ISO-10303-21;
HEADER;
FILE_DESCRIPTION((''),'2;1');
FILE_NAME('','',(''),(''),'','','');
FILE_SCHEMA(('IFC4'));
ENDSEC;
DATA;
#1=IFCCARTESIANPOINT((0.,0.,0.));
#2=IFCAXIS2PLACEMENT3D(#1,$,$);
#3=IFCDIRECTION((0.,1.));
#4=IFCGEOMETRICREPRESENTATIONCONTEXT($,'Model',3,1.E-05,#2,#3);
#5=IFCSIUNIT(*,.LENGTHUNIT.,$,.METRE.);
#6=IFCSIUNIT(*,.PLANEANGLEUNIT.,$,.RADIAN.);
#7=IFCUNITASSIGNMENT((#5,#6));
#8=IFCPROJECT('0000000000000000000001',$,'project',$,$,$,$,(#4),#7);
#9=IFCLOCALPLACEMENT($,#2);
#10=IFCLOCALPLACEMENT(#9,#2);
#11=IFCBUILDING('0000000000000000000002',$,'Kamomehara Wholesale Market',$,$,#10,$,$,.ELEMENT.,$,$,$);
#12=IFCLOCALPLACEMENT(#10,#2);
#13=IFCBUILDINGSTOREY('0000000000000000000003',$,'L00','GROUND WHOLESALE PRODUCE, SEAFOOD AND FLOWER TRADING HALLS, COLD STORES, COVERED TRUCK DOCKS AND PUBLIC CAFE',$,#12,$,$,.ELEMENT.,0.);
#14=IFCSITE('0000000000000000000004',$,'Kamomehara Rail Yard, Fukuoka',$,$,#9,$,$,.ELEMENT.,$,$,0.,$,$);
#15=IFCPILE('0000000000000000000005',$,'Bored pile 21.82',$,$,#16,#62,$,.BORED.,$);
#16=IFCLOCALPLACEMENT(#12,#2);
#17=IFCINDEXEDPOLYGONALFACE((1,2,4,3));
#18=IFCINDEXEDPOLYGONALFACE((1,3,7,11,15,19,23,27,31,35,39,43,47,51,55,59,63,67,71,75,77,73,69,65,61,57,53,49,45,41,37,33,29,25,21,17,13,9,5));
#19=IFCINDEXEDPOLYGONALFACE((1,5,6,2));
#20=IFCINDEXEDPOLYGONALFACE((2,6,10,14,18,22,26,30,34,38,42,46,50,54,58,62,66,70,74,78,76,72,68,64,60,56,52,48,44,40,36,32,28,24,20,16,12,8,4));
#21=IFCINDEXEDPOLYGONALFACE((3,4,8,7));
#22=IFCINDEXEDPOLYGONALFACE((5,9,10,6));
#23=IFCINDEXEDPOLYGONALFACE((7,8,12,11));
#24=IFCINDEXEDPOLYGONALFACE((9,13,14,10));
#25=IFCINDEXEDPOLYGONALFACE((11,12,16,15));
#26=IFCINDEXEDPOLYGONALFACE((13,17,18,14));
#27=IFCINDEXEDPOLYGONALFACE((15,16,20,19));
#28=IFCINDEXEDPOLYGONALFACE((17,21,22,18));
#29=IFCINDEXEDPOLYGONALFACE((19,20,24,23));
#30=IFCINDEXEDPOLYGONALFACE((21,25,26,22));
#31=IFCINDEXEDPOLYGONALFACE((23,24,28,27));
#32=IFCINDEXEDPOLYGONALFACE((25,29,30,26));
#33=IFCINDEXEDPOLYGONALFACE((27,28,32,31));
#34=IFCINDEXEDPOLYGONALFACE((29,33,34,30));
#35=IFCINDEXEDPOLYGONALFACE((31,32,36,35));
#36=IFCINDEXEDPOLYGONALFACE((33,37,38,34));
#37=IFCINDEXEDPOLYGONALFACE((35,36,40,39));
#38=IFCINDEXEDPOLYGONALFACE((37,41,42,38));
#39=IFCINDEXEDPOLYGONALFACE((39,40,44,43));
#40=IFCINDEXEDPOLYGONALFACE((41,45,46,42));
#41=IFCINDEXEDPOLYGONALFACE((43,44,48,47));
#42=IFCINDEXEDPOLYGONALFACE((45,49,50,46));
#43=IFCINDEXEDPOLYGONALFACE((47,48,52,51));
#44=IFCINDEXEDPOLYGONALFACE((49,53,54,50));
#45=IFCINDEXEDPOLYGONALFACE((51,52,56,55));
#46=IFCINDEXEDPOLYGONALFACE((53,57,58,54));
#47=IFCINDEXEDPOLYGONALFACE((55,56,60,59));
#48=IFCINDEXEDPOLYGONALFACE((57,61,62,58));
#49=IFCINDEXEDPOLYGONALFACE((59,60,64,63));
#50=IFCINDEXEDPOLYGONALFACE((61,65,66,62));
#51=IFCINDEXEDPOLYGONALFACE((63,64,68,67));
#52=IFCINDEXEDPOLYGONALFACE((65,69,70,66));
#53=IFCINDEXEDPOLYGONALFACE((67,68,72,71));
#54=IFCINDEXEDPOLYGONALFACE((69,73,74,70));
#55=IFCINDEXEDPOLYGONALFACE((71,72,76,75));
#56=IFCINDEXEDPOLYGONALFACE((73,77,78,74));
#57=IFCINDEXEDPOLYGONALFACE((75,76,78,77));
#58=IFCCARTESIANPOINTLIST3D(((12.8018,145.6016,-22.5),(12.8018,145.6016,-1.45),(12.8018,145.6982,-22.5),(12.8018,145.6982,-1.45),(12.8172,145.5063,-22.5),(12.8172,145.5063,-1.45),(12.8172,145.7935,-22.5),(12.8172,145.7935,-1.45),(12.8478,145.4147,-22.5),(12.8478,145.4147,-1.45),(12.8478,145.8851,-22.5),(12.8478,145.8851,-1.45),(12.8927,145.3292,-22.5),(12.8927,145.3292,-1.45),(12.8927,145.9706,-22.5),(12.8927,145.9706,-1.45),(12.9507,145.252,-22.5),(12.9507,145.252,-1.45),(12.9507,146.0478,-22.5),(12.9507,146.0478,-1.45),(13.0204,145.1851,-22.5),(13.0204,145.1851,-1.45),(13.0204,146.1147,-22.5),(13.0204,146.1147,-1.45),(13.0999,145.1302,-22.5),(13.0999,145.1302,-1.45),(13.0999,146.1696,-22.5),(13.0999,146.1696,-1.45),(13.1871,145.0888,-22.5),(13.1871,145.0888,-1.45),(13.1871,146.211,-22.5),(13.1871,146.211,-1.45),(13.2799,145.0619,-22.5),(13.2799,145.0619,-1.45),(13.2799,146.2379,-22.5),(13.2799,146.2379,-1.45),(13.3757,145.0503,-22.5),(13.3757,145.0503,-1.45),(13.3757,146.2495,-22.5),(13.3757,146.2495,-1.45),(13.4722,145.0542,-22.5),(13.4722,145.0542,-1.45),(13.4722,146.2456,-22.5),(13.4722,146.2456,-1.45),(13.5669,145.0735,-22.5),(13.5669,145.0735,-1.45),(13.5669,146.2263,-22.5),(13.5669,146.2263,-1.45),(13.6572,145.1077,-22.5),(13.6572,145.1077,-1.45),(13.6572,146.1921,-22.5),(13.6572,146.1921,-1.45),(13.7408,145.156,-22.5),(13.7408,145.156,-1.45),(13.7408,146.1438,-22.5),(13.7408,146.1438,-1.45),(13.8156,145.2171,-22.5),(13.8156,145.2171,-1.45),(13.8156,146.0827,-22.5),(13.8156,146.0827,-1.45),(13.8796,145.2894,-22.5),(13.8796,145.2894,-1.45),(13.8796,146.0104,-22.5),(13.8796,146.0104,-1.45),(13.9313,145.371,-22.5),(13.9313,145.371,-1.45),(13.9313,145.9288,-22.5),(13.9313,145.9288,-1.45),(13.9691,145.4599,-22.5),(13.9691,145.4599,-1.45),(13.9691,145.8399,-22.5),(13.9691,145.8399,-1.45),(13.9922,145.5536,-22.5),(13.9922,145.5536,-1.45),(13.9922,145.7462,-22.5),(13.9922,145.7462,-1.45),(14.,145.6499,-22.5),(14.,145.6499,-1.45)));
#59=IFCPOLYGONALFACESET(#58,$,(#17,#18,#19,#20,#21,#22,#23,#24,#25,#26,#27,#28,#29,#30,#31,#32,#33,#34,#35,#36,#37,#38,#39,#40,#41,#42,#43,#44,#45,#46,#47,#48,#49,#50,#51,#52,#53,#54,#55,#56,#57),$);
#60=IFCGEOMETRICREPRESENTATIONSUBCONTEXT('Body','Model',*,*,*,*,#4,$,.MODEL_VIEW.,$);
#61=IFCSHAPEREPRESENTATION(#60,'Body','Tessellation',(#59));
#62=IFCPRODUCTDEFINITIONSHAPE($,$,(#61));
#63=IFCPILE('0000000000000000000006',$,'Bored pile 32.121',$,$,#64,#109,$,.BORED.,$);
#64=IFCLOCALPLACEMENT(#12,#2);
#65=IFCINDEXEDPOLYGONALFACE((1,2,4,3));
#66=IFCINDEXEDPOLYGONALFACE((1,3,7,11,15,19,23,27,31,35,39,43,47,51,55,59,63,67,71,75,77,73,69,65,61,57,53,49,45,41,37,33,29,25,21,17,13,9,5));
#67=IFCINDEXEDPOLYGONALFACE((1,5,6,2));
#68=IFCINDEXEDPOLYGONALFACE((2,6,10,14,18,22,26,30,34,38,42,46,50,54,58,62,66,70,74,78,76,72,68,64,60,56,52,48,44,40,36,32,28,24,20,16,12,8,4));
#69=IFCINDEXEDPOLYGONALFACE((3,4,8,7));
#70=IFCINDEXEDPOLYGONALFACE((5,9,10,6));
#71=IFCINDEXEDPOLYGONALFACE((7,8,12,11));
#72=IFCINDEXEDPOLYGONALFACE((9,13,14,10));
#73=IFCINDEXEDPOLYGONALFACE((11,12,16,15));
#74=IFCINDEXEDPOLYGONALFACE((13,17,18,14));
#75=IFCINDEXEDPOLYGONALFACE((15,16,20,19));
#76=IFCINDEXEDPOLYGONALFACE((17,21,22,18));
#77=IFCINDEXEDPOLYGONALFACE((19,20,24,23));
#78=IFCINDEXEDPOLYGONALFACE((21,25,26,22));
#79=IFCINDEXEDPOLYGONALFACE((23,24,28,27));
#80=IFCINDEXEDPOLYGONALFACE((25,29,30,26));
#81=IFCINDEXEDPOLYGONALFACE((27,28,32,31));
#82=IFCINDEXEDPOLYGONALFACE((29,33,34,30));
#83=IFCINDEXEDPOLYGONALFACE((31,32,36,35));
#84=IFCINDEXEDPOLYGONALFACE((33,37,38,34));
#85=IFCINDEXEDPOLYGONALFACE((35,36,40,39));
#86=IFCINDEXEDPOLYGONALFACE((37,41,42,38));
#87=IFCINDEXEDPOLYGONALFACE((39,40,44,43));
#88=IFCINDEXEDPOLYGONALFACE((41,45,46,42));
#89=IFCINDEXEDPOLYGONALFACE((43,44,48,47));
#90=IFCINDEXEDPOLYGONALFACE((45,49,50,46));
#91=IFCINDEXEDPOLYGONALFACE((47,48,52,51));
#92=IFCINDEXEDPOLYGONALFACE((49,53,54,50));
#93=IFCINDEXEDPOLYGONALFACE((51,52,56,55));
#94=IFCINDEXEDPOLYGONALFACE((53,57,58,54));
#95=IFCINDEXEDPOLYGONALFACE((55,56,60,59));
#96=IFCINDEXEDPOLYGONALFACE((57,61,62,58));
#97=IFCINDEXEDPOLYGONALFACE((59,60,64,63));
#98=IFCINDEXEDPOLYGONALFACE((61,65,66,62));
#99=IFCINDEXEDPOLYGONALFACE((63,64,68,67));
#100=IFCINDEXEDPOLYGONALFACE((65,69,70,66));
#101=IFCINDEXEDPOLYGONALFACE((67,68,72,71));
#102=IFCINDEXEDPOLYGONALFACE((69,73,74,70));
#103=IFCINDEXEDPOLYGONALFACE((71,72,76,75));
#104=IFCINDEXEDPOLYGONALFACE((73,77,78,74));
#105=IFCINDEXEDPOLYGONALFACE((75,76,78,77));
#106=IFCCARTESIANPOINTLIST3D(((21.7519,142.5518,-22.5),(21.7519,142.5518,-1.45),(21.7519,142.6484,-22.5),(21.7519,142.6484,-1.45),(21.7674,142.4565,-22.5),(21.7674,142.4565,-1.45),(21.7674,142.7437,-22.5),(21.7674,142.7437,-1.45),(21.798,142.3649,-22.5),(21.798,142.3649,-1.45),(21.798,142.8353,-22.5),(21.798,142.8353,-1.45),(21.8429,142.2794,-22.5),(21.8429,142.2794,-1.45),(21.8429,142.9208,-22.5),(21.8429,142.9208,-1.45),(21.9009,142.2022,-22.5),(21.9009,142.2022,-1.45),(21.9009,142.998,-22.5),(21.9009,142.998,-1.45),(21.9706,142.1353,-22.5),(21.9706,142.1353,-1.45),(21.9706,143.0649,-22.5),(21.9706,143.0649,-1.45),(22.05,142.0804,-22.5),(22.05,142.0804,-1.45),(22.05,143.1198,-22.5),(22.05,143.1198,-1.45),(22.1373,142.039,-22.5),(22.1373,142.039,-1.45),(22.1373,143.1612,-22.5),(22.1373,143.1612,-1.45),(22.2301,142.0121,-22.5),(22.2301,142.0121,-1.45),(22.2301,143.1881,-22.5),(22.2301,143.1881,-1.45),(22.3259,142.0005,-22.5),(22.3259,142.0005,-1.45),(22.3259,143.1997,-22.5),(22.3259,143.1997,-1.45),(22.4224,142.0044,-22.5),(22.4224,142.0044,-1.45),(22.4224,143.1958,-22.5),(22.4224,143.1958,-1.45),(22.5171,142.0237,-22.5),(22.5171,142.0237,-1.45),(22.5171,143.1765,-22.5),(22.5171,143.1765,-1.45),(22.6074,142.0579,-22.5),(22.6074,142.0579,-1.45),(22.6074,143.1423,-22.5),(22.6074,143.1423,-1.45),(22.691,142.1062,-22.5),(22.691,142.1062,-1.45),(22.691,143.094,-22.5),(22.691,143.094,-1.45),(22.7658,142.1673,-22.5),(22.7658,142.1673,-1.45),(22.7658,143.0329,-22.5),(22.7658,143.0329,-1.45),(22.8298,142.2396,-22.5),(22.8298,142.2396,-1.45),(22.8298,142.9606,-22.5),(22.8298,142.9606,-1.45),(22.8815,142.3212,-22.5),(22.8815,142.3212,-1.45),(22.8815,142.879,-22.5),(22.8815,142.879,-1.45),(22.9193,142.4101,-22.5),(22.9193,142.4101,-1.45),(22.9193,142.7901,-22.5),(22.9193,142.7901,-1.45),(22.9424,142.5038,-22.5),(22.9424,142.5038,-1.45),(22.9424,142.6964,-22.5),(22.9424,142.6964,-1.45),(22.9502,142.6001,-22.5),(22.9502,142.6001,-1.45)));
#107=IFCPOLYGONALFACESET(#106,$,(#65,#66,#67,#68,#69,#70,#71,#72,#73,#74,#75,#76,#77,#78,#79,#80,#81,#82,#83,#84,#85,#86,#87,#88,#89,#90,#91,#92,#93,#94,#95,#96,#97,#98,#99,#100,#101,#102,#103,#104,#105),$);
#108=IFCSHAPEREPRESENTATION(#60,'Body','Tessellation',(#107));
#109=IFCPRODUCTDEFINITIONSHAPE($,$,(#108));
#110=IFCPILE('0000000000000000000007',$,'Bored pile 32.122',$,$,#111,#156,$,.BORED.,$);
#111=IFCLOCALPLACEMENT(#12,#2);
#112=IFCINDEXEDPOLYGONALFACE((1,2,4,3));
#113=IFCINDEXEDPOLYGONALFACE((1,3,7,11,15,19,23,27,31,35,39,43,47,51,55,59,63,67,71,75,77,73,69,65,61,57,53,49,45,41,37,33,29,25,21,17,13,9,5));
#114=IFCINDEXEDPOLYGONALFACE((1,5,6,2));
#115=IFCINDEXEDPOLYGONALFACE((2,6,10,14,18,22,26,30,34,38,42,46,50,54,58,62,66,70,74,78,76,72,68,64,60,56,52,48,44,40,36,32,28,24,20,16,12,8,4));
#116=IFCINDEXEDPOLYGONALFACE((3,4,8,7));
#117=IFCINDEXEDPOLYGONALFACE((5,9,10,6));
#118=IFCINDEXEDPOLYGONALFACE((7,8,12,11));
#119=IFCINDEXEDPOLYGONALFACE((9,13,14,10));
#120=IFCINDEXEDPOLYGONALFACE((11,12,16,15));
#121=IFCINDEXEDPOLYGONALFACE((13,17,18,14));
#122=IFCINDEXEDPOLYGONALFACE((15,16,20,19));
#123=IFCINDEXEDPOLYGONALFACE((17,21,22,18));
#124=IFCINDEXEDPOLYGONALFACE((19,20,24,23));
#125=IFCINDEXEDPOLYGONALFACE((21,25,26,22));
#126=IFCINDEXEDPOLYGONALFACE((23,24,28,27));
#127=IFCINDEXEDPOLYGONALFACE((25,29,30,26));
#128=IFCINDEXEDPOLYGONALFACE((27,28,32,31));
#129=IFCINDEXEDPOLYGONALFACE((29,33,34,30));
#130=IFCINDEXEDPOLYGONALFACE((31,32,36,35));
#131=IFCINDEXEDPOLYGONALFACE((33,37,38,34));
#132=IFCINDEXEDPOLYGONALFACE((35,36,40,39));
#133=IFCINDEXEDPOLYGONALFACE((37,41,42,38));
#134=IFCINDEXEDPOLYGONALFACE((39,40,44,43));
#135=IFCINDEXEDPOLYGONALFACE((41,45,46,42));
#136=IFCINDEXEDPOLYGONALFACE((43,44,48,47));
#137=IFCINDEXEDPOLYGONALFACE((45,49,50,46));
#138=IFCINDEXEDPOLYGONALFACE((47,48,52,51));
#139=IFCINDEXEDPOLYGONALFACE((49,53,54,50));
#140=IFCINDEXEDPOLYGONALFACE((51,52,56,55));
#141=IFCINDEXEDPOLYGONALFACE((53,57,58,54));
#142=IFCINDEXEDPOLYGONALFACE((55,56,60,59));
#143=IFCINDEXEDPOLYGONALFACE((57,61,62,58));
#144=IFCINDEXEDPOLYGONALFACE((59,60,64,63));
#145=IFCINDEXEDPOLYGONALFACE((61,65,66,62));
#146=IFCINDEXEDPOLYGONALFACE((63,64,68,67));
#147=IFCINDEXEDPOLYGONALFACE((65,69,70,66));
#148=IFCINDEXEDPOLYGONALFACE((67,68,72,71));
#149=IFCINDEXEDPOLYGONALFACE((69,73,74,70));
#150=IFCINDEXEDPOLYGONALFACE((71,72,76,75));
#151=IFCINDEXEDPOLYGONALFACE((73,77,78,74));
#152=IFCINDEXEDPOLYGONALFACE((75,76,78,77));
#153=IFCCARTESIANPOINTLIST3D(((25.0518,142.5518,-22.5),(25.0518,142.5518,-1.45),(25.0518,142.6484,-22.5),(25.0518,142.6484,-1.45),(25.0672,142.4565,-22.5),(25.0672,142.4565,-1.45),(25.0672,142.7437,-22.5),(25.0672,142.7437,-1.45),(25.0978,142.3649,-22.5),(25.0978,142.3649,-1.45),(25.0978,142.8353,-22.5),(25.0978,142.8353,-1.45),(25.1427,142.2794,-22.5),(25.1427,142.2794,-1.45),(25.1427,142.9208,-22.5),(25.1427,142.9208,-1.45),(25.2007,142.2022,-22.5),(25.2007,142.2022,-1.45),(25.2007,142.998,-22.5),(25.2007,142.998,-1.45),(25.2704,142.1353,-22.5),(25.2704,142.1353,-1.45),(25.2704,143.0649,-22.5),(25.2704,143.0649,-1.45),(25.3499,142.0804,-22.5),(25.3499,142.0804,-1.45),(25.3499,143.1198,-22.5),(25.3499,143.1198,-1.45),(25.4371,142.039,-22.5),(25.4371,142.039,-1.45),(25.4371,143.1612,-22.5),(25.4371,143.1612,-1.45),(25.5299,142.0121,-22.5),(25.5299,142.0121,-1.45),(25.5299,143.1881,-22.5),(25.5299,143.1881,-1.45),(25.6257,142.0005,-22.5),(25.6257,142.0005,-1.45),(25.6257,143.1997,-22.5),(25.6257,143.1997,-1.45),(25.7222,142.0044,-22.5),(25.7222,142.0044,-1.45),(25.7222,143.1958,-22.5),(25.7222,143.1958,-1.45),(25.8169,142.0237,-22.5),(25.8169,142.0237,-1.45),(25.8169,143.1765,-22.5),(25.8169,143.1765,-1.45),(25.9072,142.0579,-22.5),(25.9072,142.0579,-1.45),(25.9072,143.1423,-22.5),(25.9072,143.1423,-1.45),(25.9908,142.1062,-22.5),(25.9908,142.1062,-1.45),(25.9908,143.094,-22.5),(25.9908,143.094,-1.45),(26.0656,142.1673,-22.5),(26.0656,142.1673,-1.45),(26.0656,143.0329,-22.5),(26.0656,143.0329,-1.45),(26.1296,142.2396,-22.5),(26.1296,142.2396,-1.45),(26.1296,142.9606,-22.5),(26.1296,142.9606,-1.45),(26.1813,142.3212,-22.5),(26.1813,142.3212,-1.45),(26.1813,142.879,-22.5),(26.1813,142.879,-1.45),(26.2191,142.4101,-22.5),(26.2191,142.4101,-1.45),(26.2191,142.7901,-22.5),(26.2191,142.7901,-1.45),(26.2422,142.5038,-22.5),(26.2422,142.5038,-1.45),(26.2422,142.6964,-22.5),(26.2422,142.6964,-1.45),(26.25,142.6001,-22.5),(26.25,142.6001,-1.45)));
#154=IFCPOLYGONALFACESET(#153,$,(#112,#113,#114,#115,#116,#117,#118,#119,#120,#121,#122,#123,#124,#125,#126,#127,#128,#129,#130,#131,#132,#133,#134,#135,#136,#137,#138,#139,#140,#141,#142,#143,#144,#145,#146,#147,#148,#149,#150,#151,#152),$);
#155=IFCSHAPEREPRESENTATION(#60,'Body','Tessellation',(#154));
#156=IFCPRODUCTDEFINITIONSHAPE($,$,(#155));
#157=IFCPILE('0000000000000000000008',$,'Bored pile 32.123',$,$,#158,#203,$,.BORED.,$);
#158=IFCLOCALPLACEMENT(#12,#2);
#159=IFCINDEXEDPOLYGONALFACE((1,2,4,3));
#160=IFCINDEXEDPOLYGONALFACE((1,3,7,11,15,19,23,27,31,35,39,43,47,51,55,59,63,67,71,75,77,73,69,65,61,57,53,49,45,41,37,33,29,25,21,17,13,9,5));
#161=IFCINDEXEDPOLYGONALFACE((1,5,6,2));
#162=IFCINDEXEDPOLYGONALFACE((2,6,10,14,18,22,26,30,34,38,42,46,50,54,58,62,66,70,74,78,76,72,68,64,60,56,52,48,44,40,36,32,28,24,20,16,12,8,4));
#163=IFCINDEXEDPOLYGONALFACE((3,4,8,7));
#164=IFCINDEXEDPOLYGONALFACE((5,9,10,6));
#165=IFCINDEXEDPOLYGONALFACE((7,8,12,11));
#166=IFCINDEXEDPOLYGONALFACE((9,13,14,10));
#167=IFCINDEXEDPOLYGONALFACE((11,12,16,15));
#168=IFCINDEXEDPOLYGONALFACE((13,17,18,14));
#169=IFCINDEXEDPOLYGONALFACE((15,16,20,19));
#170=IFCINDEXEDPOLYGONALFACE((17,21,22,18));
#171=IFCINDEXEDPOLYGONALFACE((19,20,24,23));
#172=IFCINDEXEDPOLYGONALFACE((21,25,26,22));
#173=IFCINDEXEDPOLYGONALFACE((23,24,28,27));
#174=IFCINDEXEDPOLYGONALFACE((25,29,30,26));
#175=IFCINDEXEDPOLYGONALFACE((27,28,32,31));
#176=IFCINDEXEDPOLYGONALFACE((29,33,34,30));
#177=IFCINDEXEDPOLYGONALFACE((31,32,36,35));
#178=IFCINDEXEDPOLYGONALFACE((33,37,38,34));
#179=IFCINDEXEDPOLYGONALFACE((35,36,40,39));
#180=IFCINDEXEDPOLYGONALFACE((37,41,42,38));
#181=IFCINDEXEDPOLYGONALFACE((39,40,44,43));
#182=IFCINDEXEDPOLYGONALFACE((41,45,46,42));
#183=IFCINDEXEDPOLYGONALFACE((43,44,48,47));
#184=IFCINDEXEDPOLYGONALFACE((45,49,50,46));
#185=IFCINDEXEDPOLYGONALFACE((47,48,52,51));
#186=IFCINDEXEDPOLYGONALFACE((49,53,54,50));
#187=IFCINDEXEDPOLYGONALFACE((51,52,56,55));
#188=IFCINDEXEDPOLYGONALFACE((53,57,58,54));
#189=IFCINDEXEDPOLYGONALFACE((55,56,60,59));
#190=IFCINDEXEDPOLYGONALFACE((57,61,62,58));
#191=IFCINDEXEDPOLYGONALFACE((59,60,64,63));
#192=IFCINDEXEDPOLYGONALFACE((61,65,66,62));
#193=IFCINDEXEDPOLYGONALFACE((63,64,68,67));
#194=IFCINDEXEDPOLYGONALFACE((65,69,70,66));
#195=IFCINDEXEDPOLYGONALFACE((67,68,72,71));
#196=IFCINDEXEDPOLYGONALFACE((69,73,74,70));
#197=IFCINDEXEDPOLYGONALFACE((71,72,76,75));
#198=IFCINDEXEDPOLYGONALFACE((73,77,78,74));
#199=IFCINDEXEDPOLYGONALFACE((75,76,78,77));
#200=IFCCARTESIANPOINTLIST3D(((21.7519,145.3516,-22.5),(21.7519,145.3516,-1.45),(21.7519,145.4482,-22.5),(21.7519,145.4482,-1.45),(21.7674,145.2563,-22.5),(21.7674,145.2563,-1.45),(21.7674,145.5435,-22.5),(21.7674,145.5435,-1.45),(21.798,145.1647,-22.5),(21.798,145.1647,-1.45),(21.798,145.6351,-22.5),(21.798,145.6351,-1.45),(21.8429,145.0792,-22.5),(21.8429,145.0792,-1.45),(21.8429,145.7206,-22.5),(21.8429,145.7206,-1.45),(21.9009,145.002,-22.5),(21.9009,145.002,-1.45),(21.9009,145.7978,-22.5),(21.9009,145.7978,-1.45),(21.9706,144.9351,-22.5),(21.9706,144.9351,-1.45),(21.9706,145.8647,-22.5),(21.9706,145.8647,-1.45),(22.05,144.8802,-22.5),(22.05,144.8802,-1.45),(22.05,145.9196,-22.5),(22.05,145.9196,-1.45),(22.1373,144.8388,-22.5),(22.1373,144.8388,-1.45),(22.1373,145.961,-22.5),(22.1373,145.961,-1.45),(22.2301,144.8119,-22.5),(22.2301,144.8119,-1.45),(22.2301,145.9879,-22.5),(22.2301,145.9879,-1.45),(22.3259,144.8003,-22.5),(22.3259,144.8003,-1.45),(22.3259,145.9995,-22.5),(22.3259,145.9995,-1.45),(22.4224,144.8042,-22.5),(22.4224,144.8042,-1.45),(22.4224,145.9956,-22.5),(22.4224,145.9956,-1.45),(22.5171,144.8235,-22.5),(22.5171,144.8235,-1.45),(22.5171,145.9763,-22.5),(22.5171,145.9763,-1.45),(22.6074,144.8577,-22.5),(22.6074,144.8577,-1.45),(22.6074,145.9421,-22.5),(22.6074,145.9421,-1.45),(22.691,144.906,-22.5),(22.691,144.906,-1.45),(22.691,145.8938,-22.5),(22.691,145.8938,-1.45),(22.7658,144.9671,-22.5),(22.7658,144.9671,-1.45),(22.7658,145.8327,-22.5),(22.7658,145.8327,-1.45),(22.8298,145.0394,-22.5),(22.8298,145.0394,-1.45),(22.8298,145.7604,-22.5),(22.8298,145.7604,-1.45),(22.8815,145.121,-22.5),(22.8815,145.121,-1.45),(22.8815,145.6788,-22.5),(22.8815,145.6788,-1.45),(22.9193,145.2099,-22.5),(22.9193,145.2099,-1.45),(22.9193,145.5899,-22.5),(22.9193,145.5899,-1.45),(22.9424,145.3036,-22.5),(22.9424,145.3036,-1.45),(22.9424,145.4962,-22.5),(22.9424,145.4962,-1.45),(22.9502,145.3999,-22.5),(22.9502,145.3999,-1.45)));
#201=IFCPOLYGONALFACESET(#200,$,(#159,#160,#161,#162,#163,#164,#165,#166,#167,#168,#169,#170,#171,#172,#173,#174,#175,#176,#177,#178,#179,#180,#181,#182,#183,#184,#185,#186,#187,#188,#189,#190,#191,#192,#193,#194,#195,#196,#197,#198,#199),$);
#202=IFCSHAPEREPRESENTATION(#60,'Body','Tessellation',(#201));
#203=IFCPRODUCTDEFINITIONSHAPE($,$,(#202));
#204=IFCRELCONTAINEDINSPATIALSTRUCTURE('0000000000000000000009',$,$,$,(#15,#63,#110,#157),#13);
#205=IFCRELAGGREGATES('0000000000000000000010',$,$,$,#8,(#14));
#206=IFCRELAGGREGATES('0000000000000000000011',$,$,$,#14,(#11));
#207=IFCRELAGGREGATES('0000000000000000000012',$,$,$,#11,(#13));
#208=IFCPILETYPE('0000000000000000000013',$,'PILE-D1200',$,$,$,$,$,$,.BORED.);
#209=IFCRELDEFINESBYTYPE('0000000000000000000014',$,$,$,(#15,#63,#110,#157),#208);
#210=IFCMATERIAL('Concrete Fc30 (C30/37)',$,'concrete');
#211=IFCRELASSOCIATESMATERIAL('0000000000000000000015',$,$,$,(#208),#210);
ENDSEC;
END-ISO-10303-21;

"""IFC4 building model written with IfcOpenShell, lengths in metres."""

from ifc_helpers import new_model, si_unit, direction, frame, origin, origin_2d, place, context, subcontext, project, spatial, circle, extrude, material, material_profile, profile_set, type_object, element, save


model = new_model("IFC4")

# Units and contexts
model_context = context("Model", 3, precision=1e-05, world=origin(), true_north=direction((0.0, 1.0)))
body_context = subcontext(model_context, "Body", "Model", "MODEL_VIEW")
ifc_project = project(units=[si_unit("LENGTHUNIT", "METRE"), si_unit("PLANEANGLEUNIT", "RADIAN")], contexts=[model_context])

# Site, building, storey
site_placement = place(None, origin())
site = spatial("IfcSite", under=ifc_project, at=site_placement, Name="Kamomehara Rail Yard, Fukuoka", CompositionType="ELEMENT", RefElevation=0.0)
building_placement = place(site_placement, origin())
building = spatial("IfcBuilding", under=site, at=building_placement, Name="Kamomehara Wholesale Market", CompositionType="ELEMENT")
storey_placement = place(building_placement, origin())
storey = spatial("IfcBuildingStorey", under=building, at=storey_placement, Name="L00", Description="GROUND WHOLESALE PRODUCE, SEAFOOD AND FLOWER TRADING HALLS, COLD STORES, COVERED TRUCK DOCKS AND PUBLIC CAFE", CompositionType="ELEMENT", Elevation=0.0)

# Piles
ifc_material_1 = material(Name="Concrete Fc30 (C30/37)", Category="concrete")
ifc_material_profile_1 = material_profile(ifc_material_1, circle(Radius=0.6001, at=origin_2d()), Name="RC-PILE-D1200")
ifc_profile_set_1 = profile_set([ifc_material_profile_1], Name="Concrete Fc30 (C30/37)")
pile_type_1 = type_object("IfcPileType", Name="PILE-D1200", PredefinedType="BORED", material=ifc_profile_set_1)
for number, where, z_axis, x_axis, name in (
    (1, (13.3999, 145.6499, -1.45), (0.0, 0.0, -1.0), (1.0, 0.0, 0.0), "Bored pile 21.82"),
    (2, (22.3501, 142.6001, -1.45), (0.0, 0.0, -1.0), (1.0, 0.0, 0.0), "Bored pile 32.121"),
    (3, (25.6499, 142.6001, -1.45), (0.0, 0.0, -1.0), (1.0, 0.0, 0.0), "Bored pile 32.122"),
    (4, (22.3501, 145.3999, -1.45), (0.0, 0.0, -1.0), (1.0, 0.0, 0.0), "Bored pile 32.123"),
):
    element("IfcPile", number, at=place(storey_placement, frame(where, z_axis=z_axis, x_axis=x_axis)), inside=storey, type_object=pile_type_1, Name=name, PredefinedType="BORED", context=body_context, shape_type="SweptSolid", body=[
        extrude(circle(Radius=0.6001, at=origin_2d()), origin(), (0.0, 0.0, 1.0), 21.05),
    ])

save(model, "model.ifc")
